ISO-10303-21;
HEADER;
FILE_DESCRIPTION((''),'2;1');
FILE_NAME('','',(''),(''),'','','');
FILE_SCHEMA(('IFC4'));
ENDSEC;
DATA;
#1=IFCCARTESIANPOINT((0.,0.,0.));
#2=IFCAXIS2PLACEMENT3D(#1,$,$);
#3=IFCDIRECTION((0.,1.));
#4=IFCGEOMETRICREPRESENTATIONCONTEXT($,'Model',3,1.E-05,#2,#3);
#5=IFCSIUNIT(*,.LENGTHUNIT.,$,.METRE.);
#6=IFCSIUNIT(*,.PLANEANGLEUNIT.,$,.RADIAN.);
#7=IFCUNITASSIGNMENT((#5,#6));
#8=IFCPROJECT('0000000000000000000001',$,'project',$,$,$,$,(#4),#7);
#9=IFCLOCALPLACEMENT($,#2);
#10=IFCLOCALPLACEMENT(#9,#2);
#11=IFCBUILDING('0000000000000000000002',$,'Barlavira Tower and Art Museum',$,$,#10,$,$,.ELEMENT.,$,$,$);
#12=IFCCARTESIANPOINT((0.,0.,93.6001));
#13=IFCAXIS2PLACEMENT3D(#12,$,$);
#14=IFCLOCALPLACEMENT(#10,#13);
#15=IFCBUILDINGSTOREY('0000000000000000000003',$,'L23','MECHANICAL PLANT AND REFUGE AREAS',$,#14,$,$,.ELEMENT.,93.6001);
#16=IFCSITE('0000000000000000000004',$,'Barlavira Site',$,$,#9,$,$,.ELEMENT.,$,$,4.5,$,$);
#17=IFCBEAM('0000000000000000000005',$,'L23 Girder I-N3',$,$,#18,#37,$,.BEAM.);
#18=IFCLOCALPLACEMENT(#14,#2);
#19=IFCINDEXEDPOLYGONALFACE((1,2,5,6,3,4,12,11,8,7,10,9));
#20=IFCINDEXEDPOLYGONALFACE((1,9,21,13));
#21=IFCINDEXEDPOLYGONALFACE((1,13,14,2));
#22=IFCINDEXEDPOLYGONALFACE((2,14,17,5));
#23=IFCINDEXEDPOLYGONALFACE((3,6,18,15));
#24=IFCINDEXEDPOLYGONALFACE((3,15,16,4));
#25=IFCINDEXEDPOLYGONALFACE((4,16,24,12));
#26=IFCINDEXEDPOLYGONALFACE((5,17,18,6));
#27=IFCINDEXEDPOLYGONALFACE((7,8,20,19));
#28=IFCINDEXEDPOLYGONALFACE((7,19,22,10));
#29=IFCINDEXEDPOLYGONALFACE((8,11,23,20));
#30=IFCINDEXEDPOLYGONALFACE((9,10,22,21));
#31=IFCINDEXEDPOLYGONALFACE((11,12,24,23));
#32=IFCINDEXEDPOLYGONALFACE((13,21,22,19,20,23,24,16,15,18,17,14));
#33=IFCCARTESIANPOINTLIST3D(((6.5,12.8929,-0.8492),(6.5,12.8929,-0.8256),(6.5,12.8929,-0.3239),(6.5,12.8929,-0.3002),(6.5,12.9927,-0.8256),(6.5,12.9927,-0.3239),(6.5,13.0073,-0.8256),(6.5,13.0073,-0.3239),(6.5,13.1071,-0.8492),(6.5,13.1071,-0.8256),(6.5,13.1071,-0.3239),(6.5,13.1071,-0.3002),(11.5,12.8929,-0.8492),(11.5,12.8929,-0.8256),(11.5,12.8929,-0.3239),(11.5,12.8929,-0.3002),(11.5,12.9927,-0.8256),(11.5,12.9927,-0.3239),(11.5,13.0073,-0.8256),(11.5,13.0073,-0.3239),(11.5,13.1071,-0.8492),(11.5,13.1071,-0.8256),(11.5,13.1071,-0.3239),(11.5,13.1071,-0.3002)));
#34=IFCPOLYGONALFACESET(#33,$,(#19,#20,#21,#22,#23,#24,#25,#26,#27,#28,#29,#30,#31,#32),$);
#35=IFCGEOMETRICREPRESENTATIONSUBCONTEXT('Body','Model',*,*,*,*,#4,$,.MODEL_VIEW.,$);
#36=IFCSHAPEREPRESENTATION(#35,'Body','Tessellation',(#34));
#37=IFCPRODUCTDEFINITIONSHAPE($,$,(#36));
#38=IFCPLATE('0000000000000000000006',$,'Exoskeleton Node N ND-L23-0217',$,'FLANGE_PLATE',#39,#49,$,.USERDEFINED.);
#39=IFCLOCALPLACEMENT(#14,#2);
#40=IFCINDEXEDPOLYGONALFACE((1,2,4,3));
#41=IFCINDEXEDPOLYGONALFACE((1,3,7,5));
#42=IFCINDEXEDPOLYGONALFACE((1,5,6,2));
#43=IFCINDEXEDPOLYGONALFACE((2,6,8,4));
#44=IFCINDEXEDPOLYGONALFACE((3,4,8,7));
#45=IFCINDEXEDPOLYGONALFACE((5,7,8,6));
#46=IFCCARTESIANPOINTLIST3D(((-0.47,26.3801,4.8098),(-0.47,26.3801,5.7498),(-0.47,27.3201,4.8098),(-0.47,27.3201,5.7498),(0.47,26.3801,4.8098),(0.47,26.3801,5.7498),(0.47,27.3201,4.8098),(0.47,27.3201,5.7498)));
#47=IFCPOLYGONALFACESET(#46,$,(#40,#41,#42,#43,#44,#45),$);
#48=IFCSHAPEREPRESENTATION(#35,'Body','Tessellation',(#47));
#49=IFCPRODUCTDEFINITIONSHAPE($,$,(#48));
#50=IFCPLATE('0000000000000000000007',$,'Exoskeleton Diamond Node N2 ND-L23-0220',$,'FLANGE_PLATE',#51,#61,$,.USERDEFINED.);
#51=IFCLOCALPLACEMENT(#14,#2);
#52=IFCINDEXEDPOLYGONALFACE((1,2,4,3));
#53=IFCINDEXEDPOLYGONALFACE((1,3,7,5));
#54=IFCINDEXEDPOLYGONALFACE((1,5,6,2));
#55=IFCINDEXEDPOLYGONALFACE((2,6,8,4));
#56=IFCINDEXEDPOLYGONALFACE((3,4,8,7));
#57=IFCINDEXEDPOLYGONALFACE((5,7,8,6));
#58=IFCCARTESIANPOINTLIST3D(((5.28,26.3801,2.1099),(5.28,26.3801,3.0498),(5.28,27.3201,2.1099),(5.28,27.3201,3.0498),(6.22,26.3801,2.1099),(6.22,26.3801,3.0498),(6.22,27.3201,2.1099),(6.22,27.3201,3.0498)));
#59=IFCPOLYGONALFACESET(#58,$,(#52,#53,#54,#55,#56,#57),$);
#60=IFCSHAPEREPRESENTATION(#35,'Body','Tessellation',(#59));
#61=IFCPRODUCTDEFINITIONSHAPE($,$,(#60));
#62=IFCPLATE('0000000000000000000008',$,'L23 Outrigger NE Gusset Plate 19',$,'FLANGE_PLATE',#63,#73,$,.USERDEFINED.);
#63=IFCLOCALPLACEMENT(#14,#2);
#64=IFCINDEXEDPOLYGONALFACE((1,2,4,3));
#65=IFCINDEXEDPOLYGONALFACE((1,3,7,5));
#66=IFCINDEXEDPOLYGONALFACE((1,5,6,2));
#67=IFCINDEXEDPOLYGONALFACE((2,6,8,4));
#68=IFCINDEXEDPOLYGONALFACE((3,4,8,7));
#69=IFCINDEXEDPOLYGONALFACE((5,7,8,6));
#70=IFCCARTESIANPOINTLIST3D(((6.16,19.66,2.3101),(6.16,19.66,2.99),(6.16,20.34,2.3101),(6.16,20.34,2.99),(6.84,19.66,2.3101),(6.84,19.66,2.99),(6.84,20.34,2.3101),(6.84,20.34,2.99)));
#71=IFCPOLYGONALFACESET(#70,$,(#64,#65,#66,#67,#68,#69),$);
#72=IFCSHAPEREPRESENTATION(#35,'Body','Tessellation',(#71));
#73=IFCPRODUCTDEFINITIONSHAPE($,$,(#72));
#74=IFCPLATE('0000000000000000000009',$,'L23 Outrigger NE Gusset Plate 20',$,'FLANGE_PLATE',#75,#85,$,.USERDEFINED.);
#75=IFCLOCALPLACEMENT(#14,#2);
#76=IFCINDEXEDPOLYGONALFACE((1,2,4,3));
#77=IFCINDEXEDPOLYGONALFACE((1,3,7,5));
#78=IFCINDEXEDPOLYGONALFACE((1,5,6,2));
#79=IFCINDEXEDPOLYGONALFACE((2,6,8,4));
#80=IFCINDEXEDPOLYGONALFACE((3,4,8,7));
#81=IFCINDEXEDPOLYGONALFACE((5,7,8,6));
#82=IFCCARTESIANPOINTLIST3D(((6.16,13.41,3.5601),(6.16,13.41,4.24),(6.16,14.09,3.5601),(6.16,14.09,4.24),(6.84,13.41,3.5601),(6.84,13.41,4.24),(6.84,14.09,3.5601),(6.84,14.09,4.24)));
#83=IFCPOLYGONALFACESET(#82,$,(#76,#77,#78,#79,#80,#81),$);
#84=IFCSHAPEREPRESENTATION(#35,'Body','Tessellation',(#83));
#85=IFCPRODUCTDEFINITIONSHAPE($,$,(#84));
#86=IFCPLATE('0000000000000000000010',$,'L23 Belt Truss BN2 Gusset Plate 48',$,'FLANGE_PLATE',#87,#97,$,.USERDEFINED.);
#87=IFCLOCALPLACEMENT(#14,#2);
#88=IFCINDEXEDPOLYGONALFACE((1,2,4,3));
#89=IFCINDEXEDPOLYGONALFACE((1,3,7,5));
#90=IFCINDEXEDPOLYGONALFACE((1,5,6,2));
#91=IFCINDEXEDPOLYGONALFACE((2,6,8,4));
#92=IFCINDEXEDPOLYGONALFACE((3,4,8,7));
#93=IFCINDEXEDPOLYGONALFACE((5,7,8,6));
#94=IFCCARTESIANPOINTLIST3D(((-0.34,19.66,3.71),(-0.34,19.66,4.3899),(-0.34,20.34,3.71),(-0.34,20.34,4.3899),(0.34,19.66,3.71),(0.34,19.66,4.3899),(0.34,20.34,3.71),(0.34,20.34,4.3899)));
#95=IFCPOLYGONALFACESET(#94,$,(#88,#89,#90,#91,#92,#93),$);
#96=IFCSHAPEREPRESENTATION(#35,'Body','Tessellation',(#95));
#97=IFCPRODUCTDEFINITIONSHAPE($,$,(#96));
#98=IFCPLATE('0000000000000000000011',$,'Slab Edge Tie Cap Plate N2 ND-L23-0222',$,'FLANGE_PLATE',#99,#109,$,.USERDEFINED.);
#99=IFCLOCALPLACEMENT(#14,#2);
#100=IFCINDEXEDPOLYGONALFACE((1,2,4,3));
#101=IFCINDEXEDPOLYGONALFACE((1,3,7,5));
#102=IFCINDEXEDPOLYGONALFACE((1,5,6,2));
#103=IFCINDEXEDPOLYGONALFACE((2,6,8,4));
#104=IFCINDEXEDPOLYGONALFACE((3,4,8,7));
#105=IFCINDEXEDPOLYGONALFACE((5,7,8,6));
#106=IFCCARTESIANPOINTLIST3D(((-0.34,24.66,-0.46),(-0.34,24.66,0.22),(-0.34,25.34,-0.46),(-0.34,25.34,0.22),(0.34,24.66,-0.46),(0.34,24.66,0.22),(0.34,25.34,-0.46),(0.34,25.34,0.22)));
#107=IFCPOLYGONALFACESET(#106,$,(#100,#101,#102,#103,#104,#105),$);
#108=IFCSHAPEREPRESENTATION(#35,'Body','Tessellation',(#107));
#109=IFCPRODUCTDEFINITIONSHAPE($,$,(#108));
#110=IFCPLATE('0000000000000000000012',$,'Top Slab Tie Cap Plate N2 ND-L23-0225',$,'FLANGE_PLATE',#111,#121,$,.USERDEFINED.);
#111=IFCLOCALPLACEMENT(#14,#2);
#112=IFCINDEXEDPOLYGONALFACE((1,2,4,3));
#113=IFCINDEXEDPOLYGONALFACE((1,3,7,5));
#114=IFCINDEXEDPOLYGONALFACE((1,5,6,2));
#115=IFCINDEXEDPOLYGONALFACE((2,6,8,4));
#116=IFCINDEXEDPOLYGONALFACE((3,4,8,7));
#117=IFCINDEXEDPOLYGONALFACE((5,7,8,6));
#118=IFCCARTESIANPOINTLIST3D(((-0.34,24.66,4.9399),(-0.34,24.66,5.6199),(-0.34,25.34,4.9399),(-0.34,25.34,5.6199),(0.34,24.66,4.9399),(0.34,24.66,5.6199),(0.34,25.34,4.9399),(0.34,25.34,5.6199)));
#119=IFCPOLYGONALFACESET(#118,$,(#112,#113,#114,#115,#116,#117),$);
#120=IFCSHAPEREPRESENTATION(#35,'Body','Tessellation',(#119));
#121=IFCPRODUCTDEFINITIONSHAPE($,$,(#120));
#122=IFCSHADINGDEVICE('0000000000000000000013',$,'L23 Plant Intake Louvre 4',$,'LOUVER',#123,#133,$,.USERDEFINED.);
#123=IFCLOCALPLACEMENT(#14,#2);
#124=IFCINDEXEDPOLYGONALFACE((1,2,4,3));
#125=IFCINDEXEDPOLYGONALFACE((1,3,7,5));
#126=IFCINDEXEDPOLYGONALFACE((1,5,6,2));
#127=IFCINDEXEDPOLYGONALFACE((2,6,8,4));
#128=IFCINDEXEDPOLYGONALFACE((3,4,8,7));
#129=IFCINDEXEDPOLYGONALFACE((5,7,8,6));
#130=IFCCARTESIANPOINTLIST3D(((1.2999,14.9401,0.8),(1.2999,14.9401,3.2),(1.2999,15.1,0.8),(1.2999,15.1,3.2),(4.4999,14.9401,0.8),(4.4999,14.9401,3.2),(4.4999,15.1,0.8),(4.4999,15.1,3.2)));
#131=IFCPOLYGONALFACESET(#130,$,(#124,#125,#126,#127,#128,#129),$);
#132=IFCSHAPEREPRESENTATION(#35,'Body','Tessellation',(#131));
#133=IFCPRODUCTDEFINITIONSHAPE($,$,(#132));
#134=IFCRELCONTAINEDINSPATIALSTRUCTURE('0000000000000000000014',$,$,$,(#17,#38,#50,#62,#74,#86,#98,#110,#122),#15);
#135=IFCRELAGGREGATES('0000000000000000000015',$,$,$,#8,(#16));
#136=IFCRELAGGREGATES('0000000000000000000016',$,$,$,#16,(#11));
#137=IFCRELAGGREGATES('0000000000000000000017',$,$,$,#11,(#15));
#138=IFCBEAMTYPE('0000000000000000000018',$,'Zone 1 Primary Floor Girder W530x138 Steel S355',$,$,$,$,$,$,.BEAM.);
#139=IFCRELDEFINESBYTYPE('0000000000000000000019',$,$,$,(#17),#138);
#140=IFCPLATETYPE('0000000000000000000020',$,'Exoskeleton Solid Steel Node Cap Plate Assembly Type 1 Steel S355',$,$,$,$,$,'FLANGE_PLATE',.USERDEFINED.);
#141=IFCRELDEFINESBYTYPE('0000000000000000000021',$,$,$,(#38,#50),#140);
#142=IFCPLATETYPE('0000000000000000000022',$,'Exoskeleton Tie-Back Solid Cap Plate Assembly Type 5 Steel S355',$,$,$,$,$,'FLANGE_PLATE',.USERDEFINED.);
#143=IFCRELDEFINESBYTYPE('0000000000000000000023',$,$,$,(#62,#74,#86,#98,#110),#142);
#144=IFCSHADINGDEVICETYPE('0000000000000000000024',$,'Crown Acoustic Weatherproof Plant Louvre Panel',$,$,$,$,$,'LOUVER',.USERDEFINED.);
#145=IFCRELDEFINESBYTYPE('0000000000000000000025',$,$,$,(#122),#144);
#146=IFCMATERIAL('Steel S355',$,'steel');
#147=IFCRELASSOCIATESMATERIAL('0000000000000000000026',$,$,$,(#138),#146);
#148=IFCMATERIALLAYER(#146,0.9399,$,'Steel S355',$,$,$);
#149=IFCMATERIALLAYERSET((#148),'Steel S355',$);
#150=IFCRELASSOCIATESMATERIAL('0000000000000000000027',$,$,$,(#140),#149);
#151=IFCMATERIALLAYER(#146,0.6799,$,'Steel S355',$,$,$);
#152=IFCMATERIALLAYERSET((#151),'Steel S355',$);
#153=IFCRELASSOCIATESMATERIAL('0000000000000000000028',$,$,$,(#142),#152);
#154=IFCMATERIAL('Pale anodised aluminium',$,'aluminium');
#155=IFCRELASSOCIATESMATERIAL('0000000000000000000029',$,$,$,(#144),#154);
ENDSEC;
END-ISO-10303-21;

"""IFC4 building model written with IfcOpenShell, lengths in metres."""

from ifc_helpers import new_model, si_unit, direction, frame, origin, origin_2d, place, context, subcontext, project, spatial, rectangle, i_section, extrude, material, layer, layer_set, material_profile, profile_set, type_object, element, save


model = new_model("IFC4")

# Units and contexts
model_context = context("Model", 3, precision=1e-05, world=origin(), true_north=direction((0.0, 1.0)))
body_context = subcontext(model_context, "Body", "Model", "MODEL_VIEW")
ifc_project = project(units=[si_unit("LENGTHUNIT", "METRE"), si_unit("PLANEANGLEUNIT", "RADIAN")], contexts=[model_context])

# Site, building, storey
site_placement = place(None, origin())
site = spatial("IfcSite", under=ifc_project, at=site_placement, Name="Barlavira Site", CompositionType="ELEMENT", RefElevation=4.5)
building_placement = place(site_placement, origin())
building = spatial("IfcBuilding", under=site, at=building_placement, Name="Barlavira Tower and Art Museum", CompositionType="ELEMENT")
storey_placement = place(building_placement, frame((0.0, 0.0, 93.6001)))
storey = spatial("IfcBuildingStorey", under=building, at=storey_placement, Name="L23", Description="MECHANICAL PLANT AND REFUGE AREAS", CompositionType="ELEMENT", Elevation=93.6001)

# Shared definitions
ifc_material_1 = material(Name="Steel S355", Category="steel")

# Beam
ifc_material_profile_1 = material_profile(ifc_material_1, i_section(OverallWidth=0.2141, OverallDepth=0.5491, WebThickness=0.0146, FlangeThickness=0.0237, at=origin_2d()), Name="W530x138.0")
ifc_profile_set_1 = profile_set([ifc_material_profile_1], Name="Steel S355")
beam_type_1 = type_object("IfcBeamType", Name="Zone 1 Primary Floor Girder W530x138 Steel S355", PredefinedType="BEAM", material=ifc_profile_set_1)
for number, where, z_axis, x_axis, name in (
    (1, (6.5, 13.0, -0.5747), (1.0, 0.0, 0.0), (0.0, 1.0, 0.0), "L23 Girder I-N3"),
):
    element("IfcBeam", number, at=place(storey_placement, frame(where, z_axis=z_axis, x_axis=x_axis)), inside=storey, type_object=beam_type_1, Name=name, PredefinedType="BEAM", context=body_context, shape_type="SweptSolid", body=[
        extrude(i_section(OverallWidth=0.2141, OverallDepth=0.5491, WebThickness=0.0146, FlangeThickness=0.0237, at=origin_2d()), origin(), (0.0, 0.0, 1.0), 5.0),
    ])

# Plates
ifc_layer_1 = layer(ifc_material_1, 0.9399, Name="Steel S355")
ifc_layer_set_1 = layer_set([ifc_layer_1], Name="Steel S355")
plate_type_1 = type_object("IfcPlateType", Name="Exoskeleton Solid Steel Node Cap Plate Assembly Type 1 Steel S355", ElementType="FLANGE_PLATE", PredefinedType="USERDEFINED", material=ifc_layer_set_1)
for number, where, z_axis, x_axis, name in (
    (2, (0.0, 26.8501, 4.8098), (0.0, 0.0, 1.0), (1.0, 0.0, 0.0), "Exoskeleton Node N ND-L23-0217"),
    (3, (5.75, 26.8501, 2.1099), (0.0, 0.0, 1.0), (1.0, 0.0, 0.0), "Exoskeleton Diamond Node N2 ND-L23-0220"),
):
    element("IfcPlate", number, at=place(storey_placement, frame(where, z_axis=z_axis, x_axis=x_axis)), inside=storey, type_object=plate_type_1, Name=name, ObjectType="FLANGE_PLATE", PredefinedType="USERDEFINED", context=body_context, shape_type="SweptSolid", body=[
        extrude(rectangle(XDim=0.9399, YDim=0.9399, at=origin_2d()), origin(), (0.0, 0.0, 1.0), 0.9399),
    ])
ifc_layer_2 = layer(ifc_material_1, 0.6799, Name="Steel S355")
ifc_layer_set_2 = layer_set([ifc_layer_2], Name="Steel S355")
plate_type_2 = type_object("IfcPlateType", Name="Exoskeleton Tie-Back Solid Cap Plate Assembly Type 5 Steel S355", ElementType="FLANGE_PLATE", PredefinedType="USERDEFINED", material=ifc_layer_set_2)
for number, where, z_axis, x_axis, name in (
    (4, (6.5, 20.0, 2.3101), (0.0, 0.0, 1.0), (1.0, 0.0, 0.0), "L23 Outrigger NE Gusset Plate 19"),
    (5, (6.5, 13.75, 3.5601), (0.0, 0.0, 1.0), (1.0, 0.0, 0.0), "L23 Outrigger NE Gusset Plate 20"),
    (6, (0.0, 20.0, 3.71), (0.0, 0.0, 1.0), (1.0, 0.0, 0.0), "L23 Belt Truss BN2 Gusset Plate 48"),
    (7, (0.0, 25.0, -0.46), (0.0, 0.0, 1.0), (1.0, 0.0, 0.0), "Slab Edge Tie Cap Plate N2 ND-L23-0222"),
    (8, (0.0, 25.0, 4.9399), (0.0, 0.0, 1.0), (1.0, 0.0, 0.0), "Top Slab Tie Cap Plate N2 ND-L23-0225"),
):
    element("IfcPlate", number, at=place(storey_placement, frame(where, z_axis=z_axis, x_axis=x_axis)), inside=storey, type_object=plate_type_2, Name=name, ObjectType="FLANGE_PLATE", PredefinedType="USERDEFINED", context=body_context, shape_type="SweptSolid", body=[
        extrude(rectangle(XDim=0.6799, YDim=0.6799, at=origin_2d()), origin(), (0.0, 0.0, 1.0), 0.6799),
    ])

# Shading device
ifc_material_2 = material(Name="Pale anodised aluminium", Category="aluminium")
shading_device_type = type_object("IfcShadingDeviceType", Name="Crown Acoustic Weatherproof Plant Louvre Panel", ElementType="LOUVER", PredefinedType="USERDEFINED", material=ifc_material_2)
shading_device_placement = place(storey_placement, frame((2.8999, 15.02, 0.8), z_axis=(0.0, 0.0, 1.0), x_axis=(1.0, 0.0, 0.0)))
element("IfcShadingDevice", 9, at=shading_device_placement, inside=storey, type_object=shading_device_type, Name="L23 Plant Intake Louvre 4", ObjectType="LOUVER", PredefinedType="USERDEFINED", context=body_context, shape_type="SweptSolid", body=[
    extrude(rectangle(XDim=3.2, YDim=0.1599, at=origin_2d()), origin(), (0.0, 0.0, 1.0), 2.3999),
])

save(model, "model.ifc")
